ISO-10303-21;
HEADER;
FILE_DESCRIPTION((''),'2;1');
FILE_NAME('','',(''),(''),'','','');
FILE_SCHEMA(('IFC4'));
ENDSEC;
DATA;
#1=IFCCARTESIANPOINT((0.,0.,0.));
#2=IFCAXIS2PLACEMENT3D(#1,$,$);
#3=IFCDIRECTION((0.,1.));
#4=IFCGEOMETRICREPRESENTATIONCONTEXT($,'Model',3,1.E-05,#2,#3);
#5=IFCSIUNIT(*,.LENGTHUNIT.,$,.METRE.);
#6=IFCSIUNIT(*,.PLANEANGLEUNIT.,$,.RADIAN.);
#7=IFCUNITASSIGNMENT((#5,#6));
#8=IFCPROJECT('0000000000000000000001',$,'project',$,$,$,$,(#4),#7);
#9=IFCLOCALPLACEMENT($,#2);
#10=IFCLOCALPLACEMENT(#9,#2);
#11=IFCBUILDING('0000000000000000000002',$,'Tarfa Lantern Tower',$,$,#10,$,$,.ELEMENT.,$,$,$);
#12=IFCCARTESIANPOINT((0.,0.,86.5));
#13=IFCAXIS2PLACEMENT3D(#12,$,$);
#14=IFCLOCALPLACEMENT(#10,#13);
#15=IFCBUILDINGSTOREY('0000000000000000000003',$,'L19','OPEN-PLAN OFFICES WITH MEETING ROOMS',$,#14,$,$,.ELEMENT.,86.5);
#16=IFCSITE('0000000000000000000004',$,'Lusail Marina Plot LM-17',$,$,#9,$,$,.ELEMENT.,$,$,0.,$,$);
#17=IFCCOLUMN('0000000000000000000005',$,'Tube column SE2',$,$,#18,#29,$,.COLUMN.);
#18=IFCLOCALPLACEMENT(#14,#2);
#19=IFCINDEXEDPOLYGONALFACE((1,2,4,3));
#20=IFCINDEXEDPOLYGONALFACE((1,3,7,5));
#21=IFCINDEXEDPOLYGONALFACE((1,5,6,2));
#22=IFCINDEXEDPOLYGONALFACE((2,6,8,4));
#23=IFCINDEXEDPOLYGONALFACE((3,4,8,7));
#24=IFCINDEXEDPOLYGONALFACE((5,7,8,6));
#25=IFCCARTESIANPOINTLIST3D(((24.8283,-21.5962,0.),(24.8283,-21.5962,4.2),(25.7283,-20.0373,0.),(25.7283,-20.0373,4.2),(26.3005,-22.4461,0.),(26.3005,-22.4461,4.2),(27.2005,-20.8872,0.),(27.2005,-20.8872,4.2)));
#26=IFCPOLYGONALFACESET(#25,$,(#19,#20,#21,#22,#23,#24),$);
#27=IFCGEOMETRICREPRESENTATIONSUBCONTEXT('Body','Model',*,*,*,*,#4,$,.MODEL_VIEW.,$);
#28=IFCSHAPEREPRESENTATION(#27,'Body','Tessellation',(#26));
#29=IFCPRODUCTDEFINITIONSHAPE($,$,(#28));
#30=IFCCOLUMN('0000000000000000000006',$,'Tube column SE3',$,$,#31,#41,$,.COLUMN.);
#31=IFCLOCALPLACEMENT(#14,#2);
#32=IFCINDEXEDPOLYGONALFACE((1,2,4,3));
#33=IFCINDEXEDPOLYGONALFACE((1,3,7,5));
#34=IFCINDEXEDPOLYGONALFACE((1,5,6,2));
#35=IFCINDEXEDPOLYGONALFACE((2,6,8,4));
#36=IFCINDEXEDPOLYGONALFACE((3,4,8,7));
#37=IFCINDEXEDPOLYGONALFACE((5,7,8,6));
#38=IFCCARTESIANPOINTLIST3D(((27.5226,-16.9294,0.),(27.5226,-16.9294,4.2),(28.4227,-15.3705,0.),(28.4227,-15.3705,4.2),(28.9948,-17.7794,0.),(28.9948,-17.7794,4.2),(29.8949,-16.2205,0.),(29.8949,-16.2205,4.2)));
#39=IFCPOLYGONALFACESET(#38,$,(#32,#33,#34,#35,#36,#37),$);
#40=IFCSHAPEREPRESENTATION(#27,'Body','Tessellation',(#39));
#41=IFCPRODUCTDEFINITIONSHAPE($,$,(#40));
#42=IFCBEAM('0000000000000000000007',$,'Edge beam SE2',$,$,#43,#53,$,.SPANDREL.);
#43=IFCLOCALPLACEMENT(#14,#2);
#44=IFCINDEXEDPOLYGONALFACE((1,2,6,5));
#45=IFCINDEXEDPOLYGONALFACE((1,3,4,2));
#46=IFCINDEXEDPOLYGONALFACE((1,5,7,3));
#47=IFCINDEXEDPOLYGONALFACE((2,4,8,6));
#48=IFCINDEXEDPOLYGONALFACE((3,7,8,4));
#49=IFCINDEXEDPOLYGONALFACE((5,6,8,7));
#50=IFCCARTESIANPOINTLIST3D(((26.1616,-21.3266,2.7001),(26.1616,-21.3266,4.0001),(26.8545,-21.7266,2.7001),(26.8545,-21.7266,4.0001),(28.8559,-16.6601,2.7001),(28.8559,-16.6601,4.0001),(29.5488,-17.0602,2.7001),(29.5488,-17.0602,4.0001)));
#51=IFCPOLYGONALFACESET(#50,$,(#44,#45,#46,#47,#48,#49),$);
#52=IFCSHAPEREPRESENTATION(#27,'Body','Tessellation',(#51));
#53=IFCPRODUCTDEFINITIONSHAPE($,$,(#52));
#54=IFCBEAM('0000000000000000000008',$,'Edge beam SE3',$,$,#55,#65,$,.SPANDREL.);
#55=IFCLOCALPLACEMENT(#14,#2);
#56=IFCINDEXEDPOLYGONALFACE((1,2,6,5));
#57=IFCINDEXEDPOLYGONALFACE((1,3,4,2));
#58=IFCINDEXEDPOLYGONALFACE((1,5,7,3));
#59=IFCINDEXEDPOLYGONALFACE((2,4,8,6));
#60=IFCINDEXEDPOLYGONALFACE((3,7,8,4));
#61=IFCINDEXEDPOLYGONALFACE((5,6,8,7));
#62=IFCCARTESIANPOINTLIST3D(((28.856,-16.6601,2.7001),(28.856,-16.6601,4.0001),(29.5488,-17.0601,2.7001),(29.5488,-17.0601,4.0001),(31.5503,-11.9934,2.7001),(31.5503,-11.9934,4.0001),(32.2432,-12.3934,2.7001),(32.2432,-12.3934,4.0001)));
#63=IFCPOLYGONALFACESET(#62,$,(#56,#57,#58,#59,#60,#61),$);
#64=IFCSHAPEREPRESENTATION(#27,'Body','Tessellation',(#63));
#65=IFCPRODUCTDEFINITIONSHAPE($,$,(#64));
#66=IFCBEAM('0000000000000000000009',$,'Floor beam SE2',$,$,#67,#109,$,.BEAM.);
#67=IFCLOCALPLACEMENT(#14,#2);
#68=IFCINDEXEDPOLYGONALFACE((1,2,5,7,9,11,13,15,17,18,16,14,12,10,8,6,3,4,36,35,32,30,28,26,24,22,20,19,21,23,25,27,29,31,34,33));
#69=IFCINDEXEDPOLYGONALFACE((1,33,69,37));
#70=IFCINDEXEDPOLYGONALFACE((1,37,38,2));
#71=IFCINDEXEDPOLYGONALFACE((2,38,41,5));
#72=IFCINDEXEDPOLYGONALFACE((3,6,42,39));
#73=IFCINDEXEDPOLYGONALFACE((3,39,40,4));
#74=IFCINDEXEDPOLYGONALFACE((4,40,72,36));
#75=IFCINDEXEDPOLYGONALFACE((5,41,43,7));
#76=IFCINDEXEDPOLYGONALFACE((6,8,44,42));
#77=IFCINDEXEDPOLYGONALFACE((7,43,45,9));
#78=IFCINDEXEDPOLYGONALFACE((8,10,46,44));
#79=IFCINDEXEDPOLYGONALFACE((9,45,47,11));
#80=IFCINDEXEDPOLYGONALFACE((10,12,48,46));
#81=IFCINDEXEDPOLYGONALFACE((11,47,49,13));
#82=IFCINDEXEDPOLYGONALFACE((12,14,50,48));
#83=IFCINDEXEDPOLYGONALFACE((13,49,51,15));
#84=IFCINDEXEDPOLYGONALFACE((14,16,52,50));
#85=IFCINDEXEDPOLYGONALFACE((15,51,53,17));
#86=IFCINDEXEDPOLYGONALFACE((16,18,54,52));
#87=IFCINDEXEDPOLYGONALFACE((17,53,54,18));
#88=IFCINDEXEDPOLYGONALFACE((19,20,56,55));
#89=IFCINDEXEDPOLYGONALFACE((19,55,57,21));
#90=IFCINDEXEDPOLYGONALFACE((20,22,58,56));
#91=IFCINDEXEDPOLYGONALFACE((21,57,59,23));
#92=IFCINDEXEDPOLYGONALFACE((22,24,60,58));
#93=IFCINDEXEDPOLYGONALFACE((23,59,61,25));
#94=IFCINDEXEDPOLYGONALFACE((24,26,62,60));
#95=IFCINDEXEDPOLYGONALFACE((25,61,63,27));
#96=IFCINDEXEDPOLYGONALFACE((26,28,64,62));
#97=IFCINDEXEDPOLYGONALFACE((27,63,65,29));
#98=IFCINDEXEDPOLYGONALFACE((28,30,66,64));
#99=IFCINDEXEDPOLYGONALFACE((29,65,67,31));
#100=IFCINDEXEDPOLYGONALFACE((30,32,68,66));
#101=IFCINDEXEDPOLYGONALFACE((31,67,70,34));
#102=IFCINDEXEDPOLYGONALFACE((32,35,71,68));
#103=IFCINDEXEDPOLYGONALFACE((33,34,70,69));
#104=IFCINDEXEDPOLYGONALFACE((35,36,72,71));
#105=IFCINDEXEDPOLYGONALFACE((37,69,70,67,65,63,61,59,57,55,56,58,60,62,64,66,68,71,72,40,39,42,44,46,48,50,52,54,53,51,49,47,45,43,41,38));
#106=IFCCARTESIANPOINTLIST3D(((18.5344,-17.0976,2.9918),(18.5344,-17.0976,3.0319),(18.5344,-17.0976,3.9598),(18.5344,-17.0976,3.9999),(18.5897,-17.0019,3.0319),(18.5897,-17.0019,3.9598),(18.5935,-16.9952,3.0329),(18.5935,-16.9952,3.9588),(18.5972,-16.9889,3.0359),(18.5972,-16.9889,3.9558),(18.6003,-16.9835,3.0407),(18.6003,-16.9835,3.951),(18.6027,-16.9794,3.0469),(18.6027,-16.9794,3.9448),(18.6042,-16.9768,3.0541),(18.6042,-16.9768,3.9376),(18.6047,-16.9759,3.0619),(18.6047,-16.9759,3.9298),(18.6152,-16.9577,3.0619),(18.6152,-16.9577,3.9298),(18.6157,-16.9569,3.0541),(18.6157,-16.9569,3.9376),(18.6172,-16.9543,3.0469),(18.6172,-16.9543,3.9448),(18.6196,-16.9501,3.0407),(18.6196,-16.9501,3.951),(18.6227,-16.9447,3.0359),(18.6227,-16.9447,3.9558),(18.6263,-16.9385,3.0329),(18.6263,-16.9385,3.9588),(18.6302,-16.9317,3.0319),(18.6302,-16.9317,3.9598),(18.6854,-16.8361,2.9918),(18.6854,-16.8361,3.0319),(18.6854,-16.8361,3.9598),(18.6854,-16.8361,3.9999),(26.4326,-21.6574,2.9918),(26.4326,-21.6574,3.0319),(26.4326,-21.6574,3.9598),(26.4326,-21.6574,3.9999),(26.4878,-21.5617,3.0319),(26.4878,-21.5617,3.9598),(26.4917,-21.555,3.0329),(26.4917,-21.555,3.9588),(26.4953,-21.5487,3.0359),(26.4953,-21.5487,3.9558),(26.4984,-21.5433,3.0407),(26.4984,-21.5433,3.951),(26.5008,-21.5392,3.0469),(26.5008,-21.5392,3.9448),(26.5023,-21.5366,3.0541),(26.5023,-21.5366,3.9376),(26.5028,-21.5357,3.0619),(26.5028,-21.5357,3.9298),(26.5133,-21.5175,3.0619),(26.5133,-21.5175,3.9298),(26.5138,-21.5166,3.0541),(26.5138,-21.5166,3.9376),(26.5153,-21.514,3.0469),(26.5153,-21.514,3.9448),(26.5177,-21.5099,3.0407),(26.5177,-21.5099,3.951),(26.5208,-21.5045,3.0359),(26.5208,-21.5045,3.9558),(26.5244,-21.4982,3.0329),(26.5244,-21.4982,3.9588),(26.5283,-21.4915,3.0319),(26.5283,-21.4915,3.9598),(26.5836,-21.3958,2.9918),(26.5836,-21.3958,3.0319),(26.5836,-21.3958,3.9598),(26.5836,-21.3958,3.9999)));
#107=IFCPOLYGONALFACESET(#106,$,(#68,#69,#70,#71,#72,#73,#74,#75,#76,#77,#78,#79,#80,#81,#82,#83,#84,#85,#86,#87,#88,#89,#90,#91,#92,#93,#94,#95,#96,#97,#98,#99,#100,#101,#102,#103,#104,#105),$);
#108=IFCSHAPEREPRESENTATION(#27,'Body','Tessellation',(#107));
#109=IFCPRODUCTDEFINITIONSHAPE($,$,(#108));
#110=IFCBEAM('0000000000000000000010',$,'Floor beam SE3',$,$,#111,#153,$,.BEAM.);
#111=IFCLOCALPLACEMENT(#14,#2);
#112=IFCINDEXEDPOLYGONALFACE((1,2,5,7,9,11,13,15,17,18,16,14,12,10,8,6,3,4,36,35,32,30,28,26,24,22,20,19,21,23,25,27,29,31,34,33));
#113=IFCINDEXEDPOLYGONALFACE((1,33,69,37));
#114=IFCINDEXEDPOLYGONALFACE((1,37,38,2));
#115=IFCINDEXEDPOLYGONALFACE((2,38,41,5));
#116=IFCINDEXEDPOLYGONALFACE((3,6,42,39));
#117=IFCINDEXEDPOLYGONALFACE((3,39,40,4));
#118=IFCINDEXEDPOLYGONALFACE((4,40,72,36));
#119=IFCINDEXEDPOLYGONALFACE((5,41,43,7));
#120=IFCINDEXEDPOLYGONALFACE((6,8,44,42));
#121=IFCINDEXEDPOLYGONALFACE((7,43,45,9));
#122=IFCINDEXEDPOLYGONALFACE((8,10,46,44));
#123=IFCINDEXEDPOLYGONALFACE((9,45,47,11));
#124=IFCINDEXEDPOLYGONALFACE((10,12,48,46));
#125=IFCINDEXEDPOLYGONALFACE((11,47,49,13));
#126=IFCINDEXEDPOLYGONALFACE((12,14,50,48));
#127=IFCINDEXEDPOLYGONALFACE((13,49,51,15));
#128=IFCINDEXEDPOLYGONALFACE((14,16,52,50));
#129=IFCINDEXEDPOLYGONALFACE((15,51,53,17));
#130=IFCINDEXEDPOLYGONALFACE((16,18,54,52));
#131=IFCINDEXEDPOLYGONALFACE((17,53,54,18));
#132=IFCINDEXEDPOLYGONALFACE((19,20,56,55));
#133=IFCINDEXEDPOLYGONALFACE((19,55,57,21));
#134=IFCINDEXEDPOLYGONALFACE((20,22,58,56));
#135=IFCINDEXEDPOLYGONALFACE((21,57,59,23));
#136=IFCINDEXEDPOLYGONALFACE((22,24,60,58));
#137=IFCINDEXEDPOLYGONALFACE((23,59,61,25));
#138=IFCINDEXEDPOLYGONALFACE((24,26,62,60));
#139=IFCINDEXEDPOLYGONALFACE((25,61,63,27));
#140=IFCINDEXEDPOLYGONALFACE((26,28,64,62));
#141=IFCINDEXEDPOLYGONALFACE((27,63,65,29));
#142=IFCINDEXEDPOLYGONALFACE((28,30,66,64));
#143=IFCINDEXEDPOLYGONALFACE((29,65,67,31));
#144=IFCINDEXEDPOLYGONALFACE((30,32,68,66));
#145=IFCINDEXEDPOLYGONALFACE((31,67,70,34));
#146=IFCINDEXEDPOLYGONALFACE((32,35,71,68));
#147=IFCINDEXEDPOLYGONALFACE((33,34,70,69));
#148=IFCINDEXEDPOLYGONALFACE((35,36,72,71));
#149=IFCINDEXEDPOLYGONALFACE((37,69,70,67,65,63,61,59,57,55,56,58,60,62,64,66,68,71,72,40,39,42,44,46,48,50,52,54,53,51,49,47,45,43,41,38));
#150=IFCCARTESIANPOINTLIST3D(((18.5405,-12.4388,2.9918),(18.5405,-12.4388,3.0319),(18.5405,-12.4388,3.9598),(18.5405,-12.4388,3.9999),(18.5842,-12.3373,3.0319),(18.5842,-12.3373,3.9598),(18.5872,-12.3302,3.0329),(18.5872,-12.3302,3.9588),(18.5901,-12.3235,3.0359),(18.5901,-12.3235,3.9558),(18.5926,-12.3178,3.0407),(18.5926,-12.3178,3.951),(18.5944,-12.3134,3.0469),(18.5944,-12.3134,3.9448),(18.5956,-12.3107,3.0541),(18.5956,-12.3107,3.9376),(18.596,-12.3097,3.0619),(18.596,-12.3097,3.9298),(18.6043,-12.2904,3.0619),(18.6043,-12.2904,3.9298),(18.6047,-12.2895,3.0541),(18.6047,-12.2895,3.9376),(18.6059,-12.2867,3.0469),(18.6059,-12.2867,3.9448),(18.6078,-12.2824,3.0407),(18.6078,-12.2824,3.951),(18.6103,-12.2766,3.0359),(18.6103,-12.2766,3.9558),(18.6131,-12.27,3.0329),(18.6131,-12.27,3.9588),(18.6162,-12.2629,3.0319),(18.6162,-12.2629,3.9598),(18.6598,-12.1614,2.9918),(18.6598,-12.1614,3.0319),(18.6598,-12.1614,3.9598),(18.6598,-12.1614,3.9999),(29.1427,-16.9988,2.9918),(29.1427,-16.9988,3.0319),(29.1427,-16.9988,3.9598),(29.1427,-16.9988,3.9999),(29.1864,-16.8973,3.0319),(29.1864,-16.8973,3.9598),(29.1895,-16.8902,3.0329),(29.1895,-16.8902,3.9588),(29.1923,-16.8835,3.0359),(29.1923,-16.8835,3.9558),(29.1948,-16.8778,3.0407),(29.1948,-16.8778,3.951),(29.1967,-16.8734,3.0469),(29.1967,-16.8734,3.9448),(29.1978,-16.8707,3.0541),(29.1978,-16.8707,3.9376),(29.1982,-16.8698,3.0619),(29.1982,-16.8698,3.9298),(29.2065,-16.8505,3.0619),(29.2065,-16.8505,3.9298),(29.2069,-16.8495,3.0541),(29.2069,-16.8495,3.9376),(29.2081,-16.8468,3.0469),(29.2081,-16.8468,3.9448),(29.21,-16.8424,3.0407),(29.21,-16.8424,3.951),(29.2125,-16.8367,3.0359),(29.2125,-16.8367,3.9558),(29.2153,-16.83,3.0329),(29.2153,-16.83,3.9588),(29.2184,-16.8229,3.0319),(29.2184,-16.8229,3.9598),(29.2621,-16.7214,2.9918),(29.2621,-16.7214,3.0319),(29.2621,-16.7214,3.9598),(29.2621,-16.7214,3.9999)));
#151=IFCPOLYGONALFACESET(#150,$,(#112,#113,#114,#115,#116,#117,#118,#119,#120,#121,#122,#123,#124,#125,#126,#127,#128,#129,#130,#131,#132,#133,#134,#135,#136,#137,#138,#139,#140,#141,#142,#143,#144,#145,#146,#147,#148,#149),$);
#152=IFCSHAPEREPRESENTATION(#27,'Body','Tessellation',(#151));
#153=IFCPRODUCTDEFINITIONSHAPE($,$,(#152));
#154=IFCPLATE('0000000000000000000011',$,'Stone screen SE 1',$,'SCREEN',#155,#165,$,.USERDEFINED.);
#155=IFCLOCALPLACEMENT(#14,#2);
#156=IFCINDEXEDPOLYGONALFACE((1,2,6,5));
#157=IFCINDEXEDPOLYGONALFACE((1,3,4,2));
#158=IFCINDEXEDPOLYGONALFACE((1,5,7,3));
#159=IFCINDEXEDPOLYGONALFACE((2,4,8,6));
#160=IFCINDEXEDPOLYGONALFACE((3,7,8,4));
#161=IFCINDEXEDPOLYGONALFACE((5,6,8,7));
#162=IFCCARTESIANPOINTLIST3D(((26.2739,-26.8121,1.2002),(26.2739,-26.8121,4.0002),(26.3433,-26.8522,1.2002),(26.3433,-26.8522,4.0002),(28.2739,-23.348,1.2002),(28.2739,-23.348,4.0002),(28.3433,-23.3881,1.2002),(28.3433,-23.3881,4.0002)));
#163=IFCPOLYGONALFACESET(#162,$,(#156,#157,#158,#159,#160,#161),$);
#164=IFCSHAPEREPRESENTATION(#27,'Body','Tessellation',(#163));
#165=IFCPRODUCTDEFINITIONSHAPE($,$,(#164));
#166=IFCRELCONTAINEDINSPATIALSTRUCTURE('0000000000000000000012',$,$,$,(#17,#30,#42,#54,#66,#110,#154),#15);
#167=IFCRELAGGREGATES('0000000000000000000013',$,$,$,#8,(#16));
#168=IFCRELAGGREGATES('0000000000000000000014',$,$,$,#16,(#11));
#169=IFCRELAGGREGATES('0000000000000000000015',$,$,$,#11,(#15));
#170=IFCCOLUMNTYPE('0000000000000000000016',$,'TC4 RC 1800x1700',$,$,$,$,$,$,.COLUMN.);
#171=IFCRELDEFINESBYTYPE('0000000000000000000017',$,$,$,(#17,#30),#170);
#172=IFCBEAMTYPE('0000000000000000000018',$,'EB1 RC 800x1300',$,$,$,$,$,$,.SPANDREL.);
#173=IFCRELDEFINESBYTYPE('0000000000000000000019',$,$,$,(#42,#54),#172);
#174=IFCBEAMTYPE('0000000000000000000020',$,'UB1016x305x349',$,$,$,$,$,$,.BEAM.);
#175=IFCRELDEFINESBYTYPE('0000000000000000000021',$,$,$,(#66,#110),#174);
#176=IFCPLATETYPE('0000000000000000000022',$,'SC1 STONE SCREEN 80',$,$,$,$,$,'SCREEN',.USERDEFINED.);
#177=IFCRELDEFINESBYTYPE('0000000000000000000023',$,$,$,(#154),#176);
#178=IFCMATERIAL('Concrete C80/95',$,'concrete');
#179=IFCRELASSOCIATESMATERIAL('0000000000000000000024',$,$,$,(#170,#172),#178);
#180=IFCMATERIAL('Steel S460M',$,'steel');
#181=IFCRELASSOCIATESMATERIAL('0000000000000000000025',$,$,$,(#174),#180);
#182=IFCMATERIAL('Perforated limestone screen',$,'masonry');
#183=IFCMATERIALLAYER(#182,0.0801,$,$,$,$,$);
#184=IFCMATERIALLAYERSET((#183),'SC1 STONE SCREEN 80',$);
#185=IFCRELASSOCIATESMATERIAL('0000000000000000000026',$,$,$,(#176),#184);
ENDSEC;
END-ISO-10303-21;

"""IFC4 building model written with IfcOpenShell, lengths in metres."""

from ifc_helpers import new_model, si_unit, direction, frame, origin, origin_2d, place, context, subcontext, project, spatial, rectangle, i_section, extrude, material, layer, layer_set, material_profile, profile_set, type_object, element, save


model = new_model("IFC4")

# Units and contexts
model_context = context("Model", 3, precision=1e-05, world=origin(), true_north=direction((0.0, 1.0)))
body_context = subcontext(model_context, "Body", "Model", "MODEL_VIEW")
ifc_project = project(units=[si_unit("LENGTHUNIT", "METRE"), si_unit("PLANEANGLEUNIT", "RADIAN")], contexts=[model_context])

# Site, building, storey
site_placement = place(None, origin())
site = spatial("IfcSite", under=ifc_project, at=site_placement, Name="Lusail Marina Plot LM-17", CompositionType="ELEMENT", RefElevation=0.0)
building_placement = place(site_placement, origin())
building = spatial("IfcBuilding", under=site, at=building_placement, Name="Tarfa Lantern Tower", CompositionType="ELEMENT")
storey_placement = place(building_placement, frame((0.0, 0.0, 86.5)))
storey = spatial("IfcBuildingStorey", under=building, at=storey_placement, Name="L19", Description="OPEN-PLAN OFFICES WITH MEETING ROOMS", CompositionType="ELEMENT", Elevation=86.5)

# Columns
ifc_material_1 = material(Name="Concrete C80/95", Category="concrete")
ifc_material_profile_1 = material_profile(ifc_material_1, rectangle(XDim=1.8, YDim=1.7, at=origin_2d()), Name="RC 1800x1700")
ifc_profile_set_1 = profile_set([ifc_material_profile_1], Name="Concrete C80/95")
column_type = type_object("IfcColumnType", Name="TC4 RC 1800x1700", PredefinedType="COLUMN", material=ifc_profile_set_1)
for number, where, z_axis, x_axis, name in (
    (1, (26.0144, -21.2417, 0.0), (0.0, 0.0, 1.0), (0.5, 0.866025, 0.0), "Tube column SE2"),
    (2, (28.7087, -16.575, 0.0), (0.0, 0.0, 1.0), (0.5, 0.866025, 0.0), "Tube column SE3"),
):
    element("IfcColumn", number, at=place(storey_placement, frame(where, z_axis=z_axis, x_axis=x_axis)), inside=storey, type_object=column_type, Name=name, PredefinedType="COLUMN", context=body_context, shape_type="SweptSolid", body=[
        extrude(rectangle(XDim=1.8, YDim=1.7, at=origin_2d()), origin(), (0.0, 0.0, 1.0), 4.2),
    ])

# Beams
ifc_material_profile_2 = material_profile(ifc_material_1, rectangle(XDim=0.8, YDim=1.3, at=origin_2d()), Name="RC 800x1300")
ifc_profile_set_2 = profile_set([ifc_material_profile_2], Name="Concrete C80/95")
beam_type_1 = type_object("IfcBeamType", Name="EB1 RC 800x1300", PredefinedType="SPANDREL", material=ifc_profile_set_2)
beam_1_placement = place(storey_placement, frame((26.5081, -21.5266, 3.3501), z_axis=(0.500018, 0.866015, 0.0), x_axis=(-0.866015, 0.500018, 0.0)))
element("IfcBeam", 3, at=beam_1_placement, inside=storey, type_object=beam_type_1, Name="Edge beam SE2", PredefinedType="SPANDREL", context=body_context, shape_type="SweptSolid", body=[
    extrude(rectangle(XDim=0.8, YDim=1.3, at=origin_2d()), origin(), (0.0, 0.0, 1.0), 5.3884),
])
beam_2_placement = place(storey_placement, frame((29.2024, -16.8601, 3.3501), z_axis=(0.499998, 0.866026, 0.0), x_axis=(-0.866026, 0.499998, 0.0)))
element("IfcBeam", 4, at=beam_2_placement, inside=storey, type_object=beam_type_1, Name="Edge beam SE3", PredefinedType="SPANDREL", context=body_context, shape_type="SweptSolid", body=[
    extrude(rectangle(XDim=0.8, YDim=1.3, at=origin_2d()), origin(), (0.0, 0.0, 1.0), 5.3887),
])
ifc_material_2 = material(Name="Steel S460M", Category="steel")
ifc_material_profile_3 = material_profile(ifc_material_2, i_section(OverallWidth=0.302, OverallDepth=1.0081, WebThickness=0.021, FlangeThickness=0.04, FilletRadius=0.03, at=origin_2d()), Name="UB1016x305x349")
ifc_profile_set_3 = profile_set([ifc_material_profile_3], Name="Steel S460M")
beam_type_2 = type_object("IfcBeamType", Name="UB1016x305x349", PredefinedType="BEAM", material=ifc_profile_set_3)
beam_3_placement = place(storey_placement, frame((26.5081, -21.5266, 3.4958), z_axis=(-0.866035, 0.499983, 0.0), x_axis=(-0.499983, -0.866035, 0.0)))
element("IfcBeam", 5, at=beam_3_placement, inside=storey, type_object=beam_type_2, Name="Floor beam SE2", PredefinedType="BEAM", context=body_context, shape_type="SweptSolid", body=[
    extrude(i_section(OverallWidth=0.302, OverallDepth=1.0081, WebThickness=0.021, FlangeThickness=0.04, FilletRadius=0.03, at=origin_2d()), origin(), (0.0, 0.0, 1.0), 9.1199),
])
beam_4_placement = place(storey_placement, frame((29.2024, -16.8601, 3.4958), z_axis=(-0.918635, 0.395106, 0.0), x_axis=(-0.395106, -0.918635, 0.0)))
element("IfcBeam", 6, at=beam_4_placement, inside=storey, type_object=beam_type_2, Name="Floor beam SE3", PredefinedType="BEAM", context=body_context, shape_type="SweptSolid", body=[
    extrude(i_section(OverallWidth=0.302, OverallDepth=1.0081, WebThickness=0.021, FlangeThickness=0.04, FilletRadius=0.03, at=origin_2d()), origin(), (0.0, 0.0, 1.0), 11.5413),
])

# Plate
ifc_material_3 = material(Name="Perforated limestone screen", Category="masonry")
ifc_layer_1 = layer(ifc_material_3, 0.0801)
ifc_layer_set_1 = layer_set([ifc_layer_1], Name="SC1 STONE SCREEN 80")
plate_type = type_object("IfcPlateType", Name="SC1 STONE SCREEN 80", ElementType="SCREEN", PredefinedType="USERDEFINED", material=ifc_layer_set_1)
plate_placement = place(storey_placement, frame((27.3086, -25.1001, 1.2002), z_axis=(0.0, 0.0, 1.0), x_axis=(0.5, 0.866025, 0.0)))
element("IfcPlate", 7, at=plate_placement, inside=storey, type_object=plate_type, Name="Stone screen SE 1", ObjectType="SCREEN", PredefinedType="USERDEFINED", context=body_context, shape_type="SweptSolid", body=[
    extrude(rectangle(XDim=4.0, YDim=0.0801, at=origin_2d()), origin(), (0.0, 0.0, 1.0), 2.8),
])

save(model, "model.ifc")
